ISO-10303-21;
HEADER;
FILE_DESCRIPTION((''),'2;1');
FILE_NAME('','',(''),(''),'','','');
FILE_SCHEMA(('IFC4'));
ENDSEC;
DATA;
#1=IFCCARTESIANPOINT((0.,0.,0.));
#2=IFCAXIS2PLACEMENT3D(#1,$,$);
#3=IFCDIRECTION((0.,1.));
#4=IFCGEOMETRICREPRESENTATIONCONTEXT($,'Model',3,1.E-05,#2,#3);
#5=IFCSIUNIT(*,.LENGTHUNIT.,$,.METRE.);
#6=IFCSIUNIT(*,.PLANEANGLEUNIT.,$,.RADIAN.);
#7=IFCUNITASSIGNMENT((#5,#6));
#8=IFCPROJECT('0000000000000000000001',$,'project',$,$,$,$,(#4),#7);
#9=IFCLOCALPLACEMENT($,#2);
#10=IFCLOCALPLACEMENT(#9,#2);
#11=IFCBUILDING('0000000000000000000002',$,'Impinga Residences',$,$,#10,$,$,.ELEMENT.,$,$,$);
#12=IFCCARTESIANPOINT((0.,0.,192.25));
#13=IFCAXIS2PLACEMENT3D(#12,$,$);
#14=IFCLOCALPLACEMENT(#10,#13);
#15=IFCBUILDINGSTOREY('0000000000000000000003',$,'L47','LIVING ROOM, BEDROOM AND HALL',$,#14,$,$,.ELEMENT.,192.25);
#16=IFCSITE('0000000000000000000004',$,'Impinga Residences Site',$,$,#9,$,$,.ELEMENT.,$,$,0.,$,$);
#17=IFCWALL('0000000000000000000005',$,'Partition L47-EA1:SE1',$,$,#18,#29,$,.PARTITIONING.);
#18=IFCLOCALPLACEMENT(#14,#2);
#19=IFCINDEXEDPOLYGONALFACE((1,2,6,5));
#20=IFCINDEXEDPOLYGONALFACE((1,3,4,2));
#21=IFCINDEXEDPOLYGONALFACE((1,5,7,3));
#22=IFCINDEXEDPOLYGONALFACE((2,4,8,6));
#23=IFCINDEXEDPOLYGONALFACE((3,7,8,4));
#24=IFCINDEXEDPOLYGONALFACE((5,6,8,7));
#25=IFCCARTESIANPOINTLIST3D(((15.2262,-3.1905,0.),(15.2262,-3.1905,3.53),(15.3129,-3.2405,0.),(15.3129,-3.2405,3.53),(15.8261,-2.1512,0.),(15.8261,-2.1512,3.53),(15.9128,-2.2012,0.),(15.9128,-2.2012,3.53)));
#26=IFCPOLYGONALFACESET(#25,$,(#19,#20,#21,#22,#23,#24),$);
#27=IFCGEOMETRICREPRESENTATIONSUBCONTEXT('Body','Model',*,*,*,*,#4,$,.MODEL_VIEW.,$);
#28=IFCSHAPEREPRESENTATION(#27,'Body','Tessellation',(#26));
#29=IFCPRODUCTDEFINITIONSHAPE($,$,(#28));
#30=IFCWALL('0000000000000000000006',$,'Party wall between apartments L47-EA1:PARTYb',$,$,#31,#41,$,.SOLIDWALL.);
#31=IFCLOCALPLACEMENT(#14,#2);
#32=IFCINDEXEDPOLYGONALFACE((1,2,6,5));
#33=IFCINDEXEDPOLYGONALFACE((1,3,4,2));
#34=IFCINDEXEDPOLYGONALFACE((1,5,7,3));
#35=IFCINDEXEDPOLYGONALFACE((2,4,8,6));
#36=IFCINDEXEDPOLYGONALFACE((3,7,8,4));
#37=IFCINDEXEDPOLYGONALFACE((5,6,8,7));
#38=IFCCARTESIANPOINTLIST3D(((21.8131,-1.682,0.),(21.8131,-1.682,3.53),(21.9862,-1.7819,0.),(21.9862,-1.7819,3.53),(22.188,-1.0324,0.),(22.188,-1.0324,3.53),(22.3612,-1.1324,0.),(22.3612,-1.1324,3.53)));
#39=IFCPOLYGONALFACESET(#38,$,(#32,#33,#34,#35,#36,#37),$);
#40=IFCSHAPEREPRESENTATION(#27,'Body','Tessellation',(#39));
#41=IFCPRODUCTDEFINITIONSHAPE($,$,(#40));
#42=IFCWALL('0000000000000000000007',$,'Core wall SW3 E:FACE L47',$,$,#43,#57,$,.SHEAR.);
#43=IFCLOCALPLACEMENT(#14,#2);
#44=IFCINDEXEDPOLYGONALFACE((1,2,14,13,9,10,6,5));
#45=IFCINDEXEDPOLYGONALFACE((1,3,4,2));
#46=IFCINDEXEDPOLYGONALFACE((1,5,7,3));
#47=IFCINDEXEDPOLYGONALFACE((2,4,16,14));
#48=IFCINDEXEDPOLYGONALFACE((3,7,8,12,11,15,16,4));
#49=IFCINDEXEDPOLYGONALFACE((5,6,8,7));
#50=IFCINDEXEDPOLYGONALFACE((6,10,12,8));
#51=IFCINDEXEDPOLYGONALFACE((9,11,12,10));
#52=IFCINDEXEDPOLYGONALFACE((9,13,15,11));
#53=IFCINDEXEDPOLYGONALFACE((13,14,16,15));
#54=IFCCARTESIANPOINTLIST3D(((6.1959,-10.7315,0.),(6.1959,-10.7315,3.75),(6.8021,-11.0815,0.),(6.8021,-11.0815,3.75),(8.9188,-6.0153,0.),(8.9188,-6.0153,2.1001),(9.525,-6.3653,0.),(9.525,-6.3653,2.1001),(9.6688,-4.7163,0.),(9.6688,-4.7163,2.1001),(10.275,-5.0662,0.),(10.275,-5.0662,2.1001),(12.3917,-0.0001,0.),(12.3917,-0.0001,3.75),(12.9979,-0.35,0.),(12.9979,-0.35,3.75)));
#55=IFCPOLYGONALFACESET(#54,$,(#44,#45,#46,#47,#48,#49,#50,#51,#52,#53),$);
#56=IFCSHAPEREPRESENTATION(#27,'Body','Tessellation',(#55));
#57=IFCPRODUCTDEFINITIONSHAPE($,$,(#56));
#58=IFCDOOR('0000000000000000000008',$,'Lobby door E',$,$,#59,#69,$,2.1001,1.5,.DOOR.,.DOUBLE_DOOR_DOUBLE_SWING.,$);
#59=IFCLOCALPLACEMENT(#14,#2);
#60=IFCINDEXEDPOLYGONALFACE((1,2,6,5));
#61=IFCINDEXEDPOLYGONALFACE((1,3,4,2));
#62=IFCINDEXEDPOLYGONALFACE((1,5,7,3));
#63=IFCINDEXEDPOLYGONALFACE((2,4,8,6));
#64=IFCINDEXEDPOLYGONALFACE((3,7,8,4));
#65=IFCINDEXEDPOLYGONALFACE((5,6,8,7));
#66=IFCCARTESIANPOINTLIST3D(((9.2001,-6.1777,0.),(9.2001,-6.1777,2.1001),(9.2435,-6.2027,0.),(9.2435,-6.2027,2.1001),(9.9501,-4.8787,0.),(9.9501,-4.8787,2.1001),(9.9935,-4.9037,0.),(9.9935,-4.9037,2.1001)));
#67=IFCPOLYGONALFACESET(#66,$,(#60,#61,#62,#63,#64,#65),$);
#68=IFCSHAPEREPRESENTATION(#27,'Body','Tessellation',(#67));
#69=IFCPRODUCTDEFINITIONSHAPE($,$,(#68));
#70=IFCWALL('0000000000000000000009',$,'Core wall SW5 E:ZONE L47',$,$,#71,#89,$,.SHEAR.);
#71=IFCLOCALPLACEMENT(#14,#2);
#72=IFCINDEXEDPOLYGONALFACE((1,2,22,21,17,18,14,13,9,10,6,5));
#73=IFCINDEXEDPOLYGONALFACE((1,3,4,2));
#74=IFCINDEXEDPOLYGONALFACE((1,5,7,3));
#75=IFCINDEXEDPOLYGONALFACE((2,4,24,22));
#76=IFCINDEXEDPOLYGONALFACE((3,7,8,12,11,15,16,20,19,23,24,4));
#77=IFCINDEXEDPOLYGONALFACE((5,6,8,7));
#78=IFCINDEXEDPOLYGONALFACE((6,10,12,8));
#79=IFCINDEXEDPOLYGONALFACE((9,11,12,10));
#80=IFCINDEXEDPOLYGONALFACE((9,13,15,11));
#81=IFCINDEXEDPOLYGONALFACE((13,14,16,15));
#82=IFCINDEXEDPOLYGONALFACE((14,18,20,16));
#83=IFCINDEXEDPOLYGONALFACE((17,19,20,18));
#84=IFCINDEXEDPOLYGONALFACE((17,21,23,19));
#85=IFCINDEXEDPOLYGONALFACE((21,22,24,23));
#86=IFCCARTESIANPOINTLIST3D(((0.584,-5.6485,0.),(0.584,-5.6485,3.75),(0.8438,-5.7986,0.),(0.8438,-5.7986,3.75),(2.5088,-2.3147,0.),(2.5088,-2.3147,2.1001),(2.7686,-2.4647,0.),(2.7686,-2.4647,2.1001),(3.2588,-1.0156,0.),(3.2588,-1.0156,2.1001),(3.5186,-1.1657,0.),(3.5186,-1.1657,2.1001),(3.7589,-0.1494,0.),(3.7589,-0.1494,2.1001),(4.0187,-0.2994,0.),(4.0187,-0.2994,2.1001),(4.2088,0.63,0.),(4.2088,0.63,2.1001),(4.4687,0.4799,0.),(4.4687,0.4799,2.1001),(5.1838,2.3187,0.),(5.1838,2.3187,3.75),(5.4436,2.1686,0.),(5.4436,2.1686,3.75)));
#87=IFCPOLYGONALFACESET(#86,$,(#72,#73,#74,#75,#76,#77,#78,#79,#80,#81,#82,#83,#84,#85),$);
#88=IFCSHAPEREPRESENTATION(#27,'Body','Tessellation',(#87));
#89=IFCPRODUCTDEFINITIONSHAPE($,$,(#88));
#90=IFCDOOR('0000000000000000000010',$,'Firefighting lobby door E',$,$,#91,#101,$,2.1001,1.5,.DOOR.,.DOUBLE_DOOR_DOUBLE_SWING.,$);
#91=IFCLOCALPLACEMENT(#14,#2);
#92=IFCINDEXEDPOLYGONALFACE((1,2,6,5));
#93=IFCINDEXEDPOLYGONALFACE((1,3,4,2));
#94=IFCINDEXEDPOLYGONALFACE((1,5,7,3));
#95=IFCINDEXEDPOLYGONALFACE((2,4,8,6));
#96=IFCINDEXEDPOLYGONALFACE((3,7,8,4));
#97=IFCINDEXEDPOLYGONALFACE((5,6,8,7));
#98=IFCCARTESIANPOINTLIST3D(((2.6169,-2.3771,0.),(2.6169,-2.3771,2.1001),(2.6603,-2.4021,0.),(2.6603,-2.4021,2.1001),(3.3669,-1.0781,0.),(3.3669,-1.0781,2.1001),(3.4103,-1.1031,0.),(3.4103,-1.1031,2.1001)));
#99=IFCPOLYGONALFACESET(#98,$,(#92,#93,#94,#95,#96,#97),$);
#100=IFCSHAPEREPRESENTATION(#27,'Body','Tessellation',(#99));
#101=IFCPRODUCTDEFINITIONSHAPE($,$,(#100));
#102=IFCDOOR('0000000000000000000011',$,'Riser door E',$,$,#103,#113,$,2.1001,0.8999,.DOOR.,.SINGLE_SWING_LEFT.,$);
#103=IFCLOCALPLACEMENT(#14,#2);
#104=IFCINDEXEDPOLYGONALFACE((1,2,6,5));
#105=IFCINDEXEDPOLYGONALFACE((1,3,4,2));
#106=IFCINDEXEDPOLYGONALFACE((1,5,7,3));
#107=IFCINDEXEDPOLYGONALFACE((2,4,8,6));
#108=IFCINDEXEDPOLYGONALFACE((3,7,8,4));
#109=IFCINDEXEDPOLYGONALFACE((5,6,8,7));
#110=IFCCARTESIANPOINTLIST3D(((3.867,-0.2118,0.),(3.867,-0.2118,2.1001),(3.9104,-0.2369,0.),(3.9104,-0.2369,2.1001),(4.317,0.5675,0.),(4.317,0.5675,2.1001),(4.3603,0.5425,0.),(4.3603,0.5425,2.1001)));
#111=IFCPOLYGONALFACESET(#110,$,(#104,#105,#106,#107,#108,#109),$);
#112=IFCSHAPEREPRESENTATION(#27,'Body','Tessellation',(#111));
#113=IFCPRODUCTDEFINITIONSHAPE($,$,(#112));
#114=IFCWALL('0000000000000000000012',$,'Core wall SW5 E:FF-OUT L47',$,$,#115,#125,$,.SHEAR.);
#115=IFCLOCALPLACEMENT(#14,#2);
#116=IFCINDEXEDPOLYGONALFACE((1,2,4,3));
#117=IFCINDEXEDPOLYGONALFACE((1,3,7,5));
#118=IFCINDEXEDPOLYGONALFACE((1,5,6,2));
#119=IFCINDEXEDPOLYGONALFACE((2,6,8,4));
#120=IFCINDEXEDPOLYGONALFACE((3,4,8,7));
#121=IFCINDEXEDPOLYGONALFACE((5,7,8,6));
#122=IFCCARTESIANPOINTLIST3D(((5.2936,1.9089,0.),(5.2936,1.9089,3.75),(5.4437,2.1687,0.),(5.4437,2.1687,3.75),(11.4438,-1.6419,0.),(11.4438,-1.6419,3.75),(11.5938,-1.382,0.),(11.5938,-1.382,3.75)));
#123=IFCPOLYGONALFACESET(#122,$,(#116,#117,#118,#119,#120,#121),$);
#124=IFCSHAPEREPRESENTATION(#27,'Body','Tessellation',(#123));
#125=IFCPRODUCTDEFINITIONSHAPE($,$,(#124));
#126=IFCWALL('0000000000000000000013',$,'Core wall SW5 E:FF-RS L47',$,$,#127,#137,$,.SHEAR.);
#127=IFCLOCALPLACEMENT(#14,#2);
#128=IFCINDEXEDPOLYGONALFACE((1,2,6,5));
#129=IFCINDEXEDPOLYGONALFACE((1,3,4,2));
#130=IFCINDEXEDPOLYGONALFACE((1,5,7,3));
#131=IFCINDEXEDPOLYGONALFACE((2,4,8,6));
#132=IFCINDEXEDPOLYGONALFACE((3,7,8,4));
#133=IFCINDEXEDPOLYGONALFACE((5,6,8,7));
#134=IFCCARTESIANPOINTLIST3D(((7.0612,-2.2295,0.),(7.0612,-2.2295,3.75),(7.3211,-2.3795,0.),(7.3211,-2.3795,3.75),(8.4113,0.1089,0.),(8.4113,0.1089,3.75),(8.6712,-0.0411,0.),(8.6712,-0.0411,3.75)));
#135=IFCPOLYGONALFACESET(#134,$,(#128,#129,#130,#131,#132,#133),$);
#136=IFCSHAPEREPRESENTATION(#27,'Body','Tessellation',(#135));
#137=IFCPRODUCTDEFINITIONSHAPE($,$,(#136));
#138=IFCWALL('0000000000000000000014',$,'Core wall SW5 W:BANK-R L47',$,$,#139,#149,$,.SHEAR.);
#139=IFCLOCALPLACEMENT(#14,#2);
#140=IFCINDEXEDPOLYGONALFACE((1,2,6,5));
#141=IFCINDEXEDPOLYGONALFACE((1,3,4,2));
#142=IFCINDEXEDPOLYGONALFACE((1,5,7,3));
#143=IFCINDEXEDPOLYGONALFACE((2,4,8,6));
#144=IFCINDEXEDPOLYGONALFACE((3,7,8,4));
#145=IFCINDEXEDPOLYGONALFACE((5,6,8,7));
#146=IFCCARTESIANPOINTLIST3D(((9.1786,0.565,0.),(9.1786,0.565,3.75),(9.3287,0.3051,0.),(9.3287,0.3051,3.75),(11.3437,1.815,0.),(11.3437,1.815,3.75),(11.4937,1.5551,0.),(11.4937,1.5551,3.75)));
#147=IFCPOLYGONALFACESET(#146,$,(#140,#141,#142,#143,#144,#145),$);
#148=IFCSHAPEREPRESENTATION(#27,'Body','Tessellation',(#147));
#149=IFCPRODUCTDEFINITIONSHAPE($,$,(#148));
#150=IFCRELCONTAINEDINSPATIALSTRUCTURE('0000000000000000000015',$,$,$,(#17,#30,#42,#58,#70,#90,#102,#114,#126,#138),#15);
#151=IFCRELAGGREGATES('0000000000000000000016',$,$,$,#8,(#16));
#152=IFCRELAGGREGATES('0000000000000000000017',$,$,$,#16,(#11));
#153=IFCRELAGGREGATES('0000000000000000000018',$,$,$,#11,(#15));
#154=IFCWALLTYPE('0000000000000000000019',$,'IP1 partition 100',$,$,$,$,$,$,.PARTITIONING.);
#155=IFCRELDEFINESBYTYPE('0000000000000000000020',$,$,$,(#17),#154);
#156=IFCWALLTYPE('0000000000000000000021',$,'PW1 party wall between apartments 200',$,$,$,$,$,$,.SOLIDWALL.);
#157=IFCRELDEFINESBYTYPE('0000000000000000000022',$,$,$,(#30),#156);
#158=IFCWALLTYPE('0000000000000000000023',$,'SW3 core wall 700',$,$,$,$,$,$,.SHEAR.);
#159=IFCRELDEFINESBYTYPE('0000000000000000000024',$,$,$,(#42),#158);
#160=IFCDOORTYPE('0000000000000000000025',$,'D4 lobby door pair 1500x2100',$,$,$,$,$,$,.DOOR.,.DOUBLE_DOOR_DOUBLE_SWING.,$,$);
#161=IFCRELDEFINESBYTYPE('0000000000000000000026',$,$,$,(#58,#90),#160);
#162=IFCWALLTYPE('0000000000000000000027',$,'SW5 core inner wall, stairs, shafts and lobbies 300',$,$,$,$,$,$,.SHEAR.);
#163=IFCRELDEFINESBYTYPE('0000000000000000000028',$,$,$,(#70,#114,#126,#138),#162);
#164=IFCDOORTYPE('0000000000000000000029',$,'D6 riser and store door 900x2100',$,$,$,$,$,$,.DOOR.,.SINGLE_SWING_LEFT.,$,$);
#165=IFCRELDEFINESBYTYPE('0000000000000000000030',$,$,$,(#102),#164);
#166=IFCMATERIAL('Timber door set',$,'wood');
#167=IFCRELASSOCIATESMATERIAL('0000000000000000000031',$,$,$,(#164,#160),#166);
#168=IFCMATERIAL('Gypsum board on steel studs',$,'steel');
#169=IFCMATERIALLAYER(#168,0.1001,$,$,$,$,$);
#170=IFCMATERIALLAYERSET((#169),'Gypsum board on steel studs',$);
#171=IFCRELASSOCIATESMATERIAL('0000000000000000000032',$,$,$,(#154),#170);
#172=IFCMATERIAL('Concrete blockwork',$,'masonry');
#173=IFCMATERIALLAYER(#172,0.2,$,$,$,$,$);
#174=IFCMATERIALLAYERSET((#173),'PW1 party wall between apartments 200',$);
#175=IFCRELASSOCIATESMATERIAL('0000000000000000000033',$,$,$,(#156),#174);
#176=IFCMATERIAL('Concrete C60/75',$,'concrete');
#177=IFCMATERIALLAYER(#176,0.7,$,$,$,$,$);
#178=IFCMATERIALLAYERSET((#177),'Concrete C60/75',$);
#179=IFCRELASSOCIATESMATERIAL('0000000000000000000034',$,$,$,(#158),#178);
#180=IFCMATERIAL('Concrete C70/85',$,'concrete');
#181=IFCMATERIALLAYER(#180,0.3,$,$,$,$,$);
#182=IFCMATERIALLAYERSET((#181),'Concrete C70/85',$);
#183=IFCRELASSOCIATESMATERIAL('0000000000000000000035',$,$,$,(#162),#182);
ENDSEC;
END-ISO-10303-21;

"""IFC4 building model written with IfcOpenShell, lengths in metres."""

from ifc_helpers import new_model, si_unit, direction, frame, frame_2d, origin, place, context, subcontext, project, spatial, rectangle, extrude, material, layer, layer_set, type_object, element, fill, save


model = new_model("IFC4")

# Units and contexts
model_context = context("Model", 3, precision=1e-05, world=origin(), true_north=direction((0.0, 1.0)))
body_context = subcontext(model_context, "Body", "Model", "MODEL_VIEW")
ifc_project = project(units=[si_unit("LENGTHUNIT", "METRE"), si_unit("PLANEANGLEUNIT", "RADIAN")], contexts=[model_context])

# Site, building, storey
site_placement = place(None, origin())
site = spatial("IfcSite", under=ifc_project, at=site_placement, Name="Impinga Residences Site", CompositionType="ELEMENT", RefElevation=0.0)
building_placement = place(site_placement, origin())
building = spatial("IfcBuilding", under=site, at=building_placement, Name="Impinga Residences", CompositionType="ELEMENT")
storey_placement = place(building_placement, frame((0.0, 0.0, 192.25)))
storey = spatial("IfcBuildingStorey", under=building, at=storey_placement, Name="L47", Description="LIVING ROOM, BEDROOM AND HALL", CompositionType="ELEMENT", Elevation=192.25)

# Shared definitions
ifc_material_1 = material(Name="Concrete C60/75", Category="concrete")

# Shared definitions
ifc_material_2 = material(Name="Concrete blockwork", Category="masonry")
ifc_material_3 = material(Name="Timber door set", Category="wood")
door_type_1 = type_object("IfcDoorType", Name="D6 riser and store door 900x2100", OperationType="SINGLE_SWING_LEFT", PredefinedType="DOOR", material=ifc_material_3)

# Shared definitions
ifc_material_4 = material(Name="Gypsum board on steel studs", Category="steel")
ifc_layer_1 = layer(ifc_material_4, 0.1001)
ifc_layer_set_1 = layer_set([ifc_layer_1], Name="Gypsum board on steel studs")
wall_type_1 = type_object("IfcWallType", Name="IP1 partition 100", PredefinedType="PARTITIONING", material=ifc_layer_set_1)

# Walls
wall_1_placement = place(storey_placement, frame((15.2695, -3.2156, 0.0), z_axis=(0.0, 0.0, 1.0), x_axis=(0.499881, 0.866094, 0.0)))
element("IfcWall", 1, at=wall_1_placement, inside=storey, type_object=wall_type_1, Name="Partition L47-EA1:SE1", PredefinedType="PARTITIONING", context=body_context, shape_type="SweptSolid", body=[
    extrude(rectangle(XDim=1.2, YDim=0.1001, at=frame_2d((0.6001, 0.0))), origin(), (0.0, 0.0, 1.0), 3.53),
])
ifc_layer_2 = layer(ifc_material_2, 0.2)
ifc_layer_set_2 = layer_set([ifc_layer_2], Name="PW1 party wall between apartments 200")
wall_type_2 = type_object("IfcWallType", Name="PW1 party wall between apartments 200", PredefinedType="SOLIDWALL", material=ifc_layer_set_2)
wall_2_placement = place(storey_placement, frame((21.8997, -1.7319, 0.0), z_axis=(0.0, 0.0, 1.0), x_axis=(0.49992, 0.866072, 0.0)))
element("IfcWall", 2, at=wall_2_placement, inside=storey, type_object=wall_type_2, Name="Party wall between apartments L47-EA1:PARTYb", PredefinedType="SOLIDWALL", context=body_context, shape_type="SweptSolid", body=[
    extrude(rectangle(XDim=0.75, YDim=0.2, at=frame_2d((0.375, 0.0))), origin(), (0.0, 0.0, 1.0), 3.53),
])

# Wall, opening, door
ifc_layer_3 = layer(ifc_material_1, 0.7)
ifc_layer_set_3 = layer_set([ifc_layer_3], Name="Concrete C60/75")
wall_type_3 = type_object("IfcWallType", Name="SW3 core wall 700", PredefinedType="SHEAR", material=ifc_layer_set_3)
wall_3_placement = place(storey_placement, frame((12.6948, -0.175, 0.0), z_axis=(0.0, 0.0, 1.0), x_axis=(-0.5, -0.866025, 0.0)))
wall_3 = element("IfcWall", 3, at=wall_3_placement, inside=storey, type_object=wall_type_3, Name="Core wall SW3 E:FACE L47", PredefinedType="SHEAR", context=body_context, shape_type="SweptSolid", body=[
    extrude(rectangle(XDim=12.3916, YDim=0.7, at=frame_2d((6.1958, 0.0))), origin(), (0.0, 0.0, 1.0), 3.75),
])
opening_1_placement = place(wall_3_placement, frame((5.4458, 0.0, 0.0)))
opening_1 = element("IfcOpeningElement", 4, at=opening_1_placement, cuts=wall_3, PredefinedType="OPENING", context=body_context, shape_type="SweptSolid", body=[
    extrude(rectangle(XDim=1.5, YDim=2.1001, at=frame_2d((0.75, 1.05))), frame((0.0, 0.3599, 0.0), z_axis=(0.0, -1.0, 0.0), x_axis=(1.0, 0.0, 0.0)), (0.0, 0.0, 1.0), 0.72),
])
door_type_2 = type_object("IfcDoorType", Name="D4 lobby door pair 1500x2100", OperationType="DOUBLE_DOOR_DOUBLE_SWING", PredefinedType="DOOR", material=ifc_material_3)
door_1_placement = place(opening_1_placement, origin())
door_1 = element("IfcDoor", 5, at=door_1_placement, inside=storey, type_object=door_type_2, Name="Lobby door E", OperationType="DOUBLE_DOOR_DOUBLE_SWING", OverallHeight=2.1001, OverallWidth=1.5, PredefinedType="DOOR", context=body_context, shape_type="SweptSolid", body=[
    extrude(rectangle(XDim=1.5, YDim=2.1001, at=frame_2d((0.75, 1.05))), frame((0.0, 0.0249, 0.0), z_axis=(0.0, -1.0, 0.0), x_axis=(1.0, 0.0, 0.0)), (0.0, 0.0, 1.0), 0.05),
])
fill(opening_1, door_1)

# Wall, openings, doors
ifc_material_5 = material(Name="Concrete C70/85", Category="concrete")
ifc_layer_4 = layer(ifc_material_5, 0.3)
ifc_layer_set_4 = layer_set([ifc_layer_4], Name="Concrete C70/85")
wall_type_4 = type_object("IfcWallType", Name="SW5 core inner wall, stairs, shafts and lobbies 300", PredefinedType="SHEAR", material=ifc_layer_set_4)
wall_4_placement = place(storey_placement, frame((5.3137, 2.2437, 0.0), z_axis=(0.0, 0.0, 1.0), x_axis=(-0.499995, -0.866028, 0.0)))
wall_4 = element("IfcWall", 6, at=wall_4_placement, inside=storey, type_object=wall_type_4, Name="Core wall SW5 E:ZONE L47", PredefinedType="SHEAR", context=body_context, shape_type="SweptSolid", body=[
    extrude(rectangle(XDim=9.1997, YDim=0.3, at=frame_2d((4.5999, 0.0))), origin(), (0.0, 0.0, 1.0), 3.75),
])
opening_2_placement = place(wall_4_placement, frame((3.8501, 0.0, 0.0)))
opening_2 = element("IfcOpeningElement", 7, at=opening_2_placement, cuts=wall_4, PredefinedType="OPENING", context=body_context, shape_type="SweptSolid", body=[
    extrude(rectangle(XDim=1.5, YDim=2.1001, at=frame_2d((0.75, 1.05))), frame((0.0, 0.1599, 0.0), z_axis=(0.0, -1.0, 0.0), x_axis=(1.0, 0.0, 0.0)), (0.0, 0.0, 1.0), 0.3201),
])
opening_3_placement = place(wall_4_placement, frame((1.95, 0.0, 0.0)))
opening_3 = element("IfcOpeningElement", 8, at=opening_3_placement, cuts=wall_4, PredefinedType="OPENING", context=body_context, shape_type="SweptSolid", body=[
    extrude(rectangle(XDim=0.8999, YDim=2.1001, at=frame_2d((0.45, 1.05))), frame((0.0, 0.1599, 0.0), z_axis=(0.0, -1.0, 0.0), x_axis=(1.0, 0.0, 0.0)), (0.0, 0.0, 1.0), 0.3201),
])
door_2_placement = place(opening_2_placement, origin())
door_2 = element("IfcDoor", 9, at=door_2_placement, inside=storey, type_object=door_type_2, Name="Firefighting lobby door E", OperationType="DOUBLE_DOOR_DOUBLE_SWING", OverallHeight=2.1001, OverallWidth=1.5, PredefinedType="DOOR", context=body_context, shape_type="SweptSolid", body=[
    extrude(rectangle(XDim=1.5, YDim=2.1001, at=frame_2d((0.75, 1.05))), frame((0.0, 0.0249, 0.0), z_axis=(0.0, -1.0, 0.0), x_axis=(1.0, 0.0, 0.0)), (0.0, 0.0, 1.0), 0.05),
])
fill(opening_2, door_2)
door_3_placement = place(opening_3_placement, origin())
door_3 = element("IfcDoor", 10, at=door_3_placement, inside=storey, type_object=door_type_1, Name="Riser door E", OperationType="SINGLE_SWING_LEFT", OverallHeight=2.1001, OverallWidth=0.8999, PredefinedType="DOOR", context=body_context, shape_type="SweptSolid", body=[
    extrude(rectangle(XDim=0.8999, YDim=2.1001, at=frame_2d((0.45, 1.05))), frame((0.0, 0.0249, 0.0), z_axis=(0.0, -1.0, 0.0), x_axis=(1.0, 0.0, 0.0)), (0.0, 0.0, 1.0), 0.05),
])
fill(opening_3, door_3)

# Walls
wall_5_placement = place(storey_placement, frame((5.3687, 2.0388, 0.0), z_axis=(0.0, 0.0, 1.0), x_axis=(0.866026, -0.499999, 0.0)))
element("IfcWall", 11, at=wall_5_placement, inside=storey, type_object=wall_type_4, Name="Core wall SW5 E:FF-OUT L47", PredefinedType="SHEAR", context=body_context, shape_type="SweptSolid", body=[
    extrude(rectangle(XDim=7.1016, YDim=0.3, at=frame_2d((3.5508, 0.0))), origin(), (0.0, 0.0, 1.0), 3.75),
])
wall_6_placement = place(storey_placement, frame((8.5413, 0.0339, 0.0), z_axis=(0.0, 0.0, 1.0), x_axis=(-0.500009, -0.86602, 0.0)))
element("IfcWall", 12, at=wall_6_placement, inside=storey, type_object=wall_type_4, Name="Core wall SW5 E:FF-RS L47", PredefinedType="SHEAR", context=body_context, shape_type="SweptSolid", body=[
    extrude(rectangle(XDim=2.7002, YDim=0.3, at=frame_2d((1.3501, 0.0))), origin(), (0.0, 0.0, 1.0), 3.75),
])
wall_7_placement = place(storey_placement, frame((9.2537, 0.4351, 0.0), z_axis=(0.0, 0.0, 1.0), x_axis=(0.866023, 0.500004, 0.0)))
element("IfcWall", 13, at=wall_7_placement, inside=storey, type_object=wall_type_4, Name="Core wall SW5 W:BANK-R L47", PredefinedType="SHEAR", context=body_context, shape_type="SweptSolid", body=[
    extrude(rectangle(XDim=2.5, YDim=0.3, at=frame_2d((1.25, 0.0))), origin(), (0.0, 0.0, 1.0), 3.75),
])

save(model, "model.ifc")
